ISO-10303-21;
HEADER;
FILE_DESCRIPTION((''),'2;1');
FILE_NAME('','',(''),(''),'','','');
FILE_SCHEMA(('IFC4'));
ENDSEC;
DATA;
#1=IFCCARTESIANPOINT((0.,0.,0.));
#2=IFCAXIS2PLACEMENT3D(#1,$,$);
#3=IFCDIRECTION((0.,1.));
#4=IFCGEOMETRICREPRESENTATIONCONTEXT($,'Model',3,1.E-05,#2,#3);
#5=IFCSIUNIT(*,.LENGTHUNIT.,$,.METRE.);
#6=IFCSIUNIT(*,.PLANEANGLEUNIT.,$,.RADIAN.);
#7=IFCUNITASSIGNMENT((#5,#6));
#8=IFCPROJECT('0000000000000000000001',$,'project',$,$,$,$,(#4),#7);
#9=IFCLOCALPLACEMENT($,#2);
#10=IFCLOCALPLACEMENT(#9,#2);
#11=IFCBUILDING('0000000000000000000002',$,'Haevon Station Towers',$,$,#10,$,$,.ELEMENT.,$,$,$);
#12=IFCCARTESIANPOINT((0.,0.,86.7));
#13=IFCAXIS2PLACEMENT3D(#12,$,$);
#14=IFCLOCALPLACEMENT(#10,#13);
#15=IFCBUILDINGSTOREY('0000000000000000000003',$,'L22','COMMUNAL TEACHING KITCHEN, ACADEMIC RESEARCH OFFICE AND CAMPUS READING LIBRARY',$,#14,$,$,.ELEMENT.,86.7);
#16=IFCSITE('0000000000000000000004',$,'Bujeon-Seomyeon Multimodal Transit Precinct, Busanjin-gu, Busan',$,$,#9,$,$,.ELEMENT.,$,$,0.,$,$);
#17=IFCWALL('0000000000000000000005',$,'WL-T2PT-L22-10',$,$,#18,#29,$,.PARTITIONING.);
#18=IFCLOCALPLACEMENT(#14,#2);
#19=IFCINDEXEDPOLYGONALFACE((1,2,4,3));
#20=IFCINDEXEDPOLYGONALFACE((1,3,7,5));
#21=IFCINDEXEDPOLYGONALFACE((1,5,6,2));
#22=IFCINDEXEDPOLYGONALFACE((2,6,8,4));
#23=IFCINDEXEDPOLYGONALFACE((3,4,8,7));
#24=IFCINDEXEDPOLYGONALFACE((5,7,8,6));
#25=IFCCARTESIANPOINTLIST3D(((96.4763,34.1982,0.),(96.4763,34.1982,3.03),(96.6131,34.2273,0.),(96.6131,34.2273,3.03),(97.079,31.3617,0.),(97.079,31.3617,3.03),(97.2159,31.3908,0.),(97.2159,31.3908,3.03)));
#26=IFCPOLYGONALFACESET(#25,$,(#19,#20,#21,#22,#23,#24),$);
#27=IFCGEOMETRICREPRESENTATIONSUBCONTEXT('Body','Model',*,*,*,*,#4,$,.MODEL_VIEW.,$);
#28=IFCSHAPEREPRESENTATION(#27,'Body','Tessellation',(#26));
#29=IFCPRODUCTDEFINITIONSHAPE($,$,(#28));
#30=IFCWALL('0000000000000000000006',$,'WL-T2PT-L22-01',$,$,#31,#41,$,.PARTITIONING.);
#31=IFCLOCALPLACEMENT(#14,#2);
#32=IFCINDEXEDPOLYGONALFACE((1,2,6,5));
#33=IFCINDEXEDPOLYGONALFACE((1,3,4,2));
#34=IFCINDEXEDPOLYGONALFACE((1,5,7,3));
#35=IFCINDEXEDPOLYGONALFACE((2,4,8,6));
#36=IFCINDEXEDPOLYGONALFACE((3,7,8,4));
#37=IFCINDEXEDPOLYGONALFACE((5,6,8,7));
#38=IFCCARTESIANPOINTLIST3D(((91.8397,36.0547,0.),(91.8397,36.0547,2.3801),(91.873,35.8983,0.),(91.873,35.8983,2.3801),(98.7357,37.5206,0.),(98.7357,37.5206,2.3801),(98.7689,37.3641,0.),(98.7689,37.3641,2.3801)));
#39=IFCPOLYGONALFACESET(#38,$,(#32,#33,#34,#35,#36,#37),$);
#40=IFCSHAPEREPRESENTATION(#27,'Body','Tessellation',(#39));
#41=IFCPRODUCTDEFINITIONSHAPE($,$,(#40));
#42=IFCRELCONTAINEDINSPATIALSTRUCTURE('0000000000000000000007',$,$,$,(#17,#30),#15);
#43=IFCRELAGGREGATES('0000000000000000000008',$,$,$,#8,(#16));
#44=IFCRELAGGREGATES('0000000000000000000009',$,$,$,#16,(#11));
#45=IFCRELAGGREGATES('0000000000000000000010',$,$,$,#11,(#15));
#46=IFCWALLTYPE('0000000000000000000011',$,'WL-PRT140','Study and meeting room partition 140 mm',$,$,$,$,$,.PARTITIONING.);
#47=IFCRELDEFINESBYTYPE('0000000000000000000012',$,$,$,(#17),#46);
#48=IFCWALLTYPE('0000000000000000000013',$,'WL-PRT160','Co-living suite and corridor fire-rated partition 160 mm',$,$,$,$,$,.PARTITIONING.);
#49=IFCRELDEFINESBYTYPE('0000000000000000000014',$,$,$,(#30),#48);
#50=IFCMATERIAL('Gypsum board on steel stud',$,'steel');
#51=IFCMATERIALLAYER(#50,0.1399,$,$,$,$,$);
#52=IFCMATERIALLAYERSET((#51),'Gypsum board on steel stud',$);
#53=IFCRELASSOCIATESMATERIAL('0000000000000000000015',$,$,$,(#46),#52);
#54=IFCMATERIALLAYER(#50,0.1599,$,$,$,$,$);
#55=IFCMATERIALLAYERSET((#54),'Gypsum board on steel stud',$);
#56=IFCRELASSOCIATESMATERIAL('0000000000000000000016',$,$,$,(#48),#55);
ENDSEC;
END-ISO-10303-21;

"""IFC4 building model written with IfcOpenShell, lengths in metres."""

from ifc_helpers import new_model, si_unit, direction, frame, frame_2d, origin, place, context, subcontext, project, spatial, rectangle, extrude, material, layer, layer_set, type_object, element, save


model = new_model("IFC4")

# Units and contexts
model_context = context("Model", 3, precision=1e-05, world=origin(), true_north=direction((0.0, 1.0)))
body_context = subcontext(model_context, "Body", "Model", "MODEL_VIEW")
ifc_project = project(units=[si_unit("LENGTHUNIT", "METRE"), si_unit("PLANEANGLEUNIT", "RADIAN")], contexts=[model_context])

# Site, building, storey
site_placement = place(None, origin())
site = spatial("IfcSite", under=ifc_project, at=site_placement, Name="Bujeon-Seomyeon Multimodal Transit Precinct, Busanjin-gu, Busan", CompositionType="ELEMENT", RefElevation=0.0)
building_placement = place(site_placement, origin())
building = spatial("IfcBuilding", under=site, at=building_placement, Name="Haevon Station Towers", CompositionType="ELEMENT")
storey_placement = place(building_placement, frame((0.0, 0.0, 86.7)))
storey = spatial("IfcBuildingStorey", under=building, at=storey_placement, Name="L22", Description="COMMUNAL TEACHING KITCHEN, ACADEMIC RESEARCH OFFICE AND CAMPUS READING LIBRARY", CompositionType="ELEMENT", Elevation=86.7)

# Walls
ifc_material_1 = material(Name="Gypsum board on steel stud", Category="steel")
ifc_layer_1 = layer(ifc_material_1, 0.1399)
ifc_layer_set_1 = layer_set([ifc_layer_1], Name="Gypsum board on steel stud")
wall_type_1 = type_object("IfcWallType", Name="WL-PRT140", Description="Study and meeting room partition 140 mm", PredefinedType="PARTITIONING", material=ifc_layer_set_1)
wall_1_placement = place(storey_placement, frame((97.1475, 31.3762, 0.0), z_axis=(0.0, 0.0, 1.0), x_axis=(-0.207856, 0.978159, 0.0)))
element("IfcWall", 1, at=wall_1_placement, inside=storey, type_object=wall_type_1, Name="WL-T2PT-L22-10", PredefinedType="PARTITIONING", context=body_context, shape_type="SweptSolid", body=[
    extrude(rectangle(XDim=2.8999, YDim=0.1399, at=frame_2d((1.45, 0.0))), origin(), (0.0, 0.0, 1.0), 3.03),
])
ifc_layer_2 = layer(ifc_material_1, 0.1599)
ifc_layer_set_2 = layer_set([ifc_layer_2], Name="Gypsum board on steel stud")
wall_type_2 = type_object("IfcWallType", Name="WL-PRT160", Description="Co-living suite and corridor fire-rated partition 160 mm", PredefinedType="PARTITIONING", material=ifc_layer_set_2)
wall_2_placement = place(storey_placement, frame((91.8564, 35.9766, 0.0), z_axis=(0.0, 0.0, 1.0), x_axis=(0.978147, 0.207916, 0.0)))
element("IfcWall", 2, at=wall_2_placement, inside=storey, type_object=wall_type_2, Name="WL-T2PT-L22-01", PredefinedType="PARTITIONING", context=body_context, shape_type="SweptSolid", body=[
    extrude(rectangle(XDim=7.05, YDim=0.1599, at=frame_2d((3.5249, 0.0))), origin(), (0.0, 0.0, 1.0), 2.3801),
])

save(model, "model.ifc")
